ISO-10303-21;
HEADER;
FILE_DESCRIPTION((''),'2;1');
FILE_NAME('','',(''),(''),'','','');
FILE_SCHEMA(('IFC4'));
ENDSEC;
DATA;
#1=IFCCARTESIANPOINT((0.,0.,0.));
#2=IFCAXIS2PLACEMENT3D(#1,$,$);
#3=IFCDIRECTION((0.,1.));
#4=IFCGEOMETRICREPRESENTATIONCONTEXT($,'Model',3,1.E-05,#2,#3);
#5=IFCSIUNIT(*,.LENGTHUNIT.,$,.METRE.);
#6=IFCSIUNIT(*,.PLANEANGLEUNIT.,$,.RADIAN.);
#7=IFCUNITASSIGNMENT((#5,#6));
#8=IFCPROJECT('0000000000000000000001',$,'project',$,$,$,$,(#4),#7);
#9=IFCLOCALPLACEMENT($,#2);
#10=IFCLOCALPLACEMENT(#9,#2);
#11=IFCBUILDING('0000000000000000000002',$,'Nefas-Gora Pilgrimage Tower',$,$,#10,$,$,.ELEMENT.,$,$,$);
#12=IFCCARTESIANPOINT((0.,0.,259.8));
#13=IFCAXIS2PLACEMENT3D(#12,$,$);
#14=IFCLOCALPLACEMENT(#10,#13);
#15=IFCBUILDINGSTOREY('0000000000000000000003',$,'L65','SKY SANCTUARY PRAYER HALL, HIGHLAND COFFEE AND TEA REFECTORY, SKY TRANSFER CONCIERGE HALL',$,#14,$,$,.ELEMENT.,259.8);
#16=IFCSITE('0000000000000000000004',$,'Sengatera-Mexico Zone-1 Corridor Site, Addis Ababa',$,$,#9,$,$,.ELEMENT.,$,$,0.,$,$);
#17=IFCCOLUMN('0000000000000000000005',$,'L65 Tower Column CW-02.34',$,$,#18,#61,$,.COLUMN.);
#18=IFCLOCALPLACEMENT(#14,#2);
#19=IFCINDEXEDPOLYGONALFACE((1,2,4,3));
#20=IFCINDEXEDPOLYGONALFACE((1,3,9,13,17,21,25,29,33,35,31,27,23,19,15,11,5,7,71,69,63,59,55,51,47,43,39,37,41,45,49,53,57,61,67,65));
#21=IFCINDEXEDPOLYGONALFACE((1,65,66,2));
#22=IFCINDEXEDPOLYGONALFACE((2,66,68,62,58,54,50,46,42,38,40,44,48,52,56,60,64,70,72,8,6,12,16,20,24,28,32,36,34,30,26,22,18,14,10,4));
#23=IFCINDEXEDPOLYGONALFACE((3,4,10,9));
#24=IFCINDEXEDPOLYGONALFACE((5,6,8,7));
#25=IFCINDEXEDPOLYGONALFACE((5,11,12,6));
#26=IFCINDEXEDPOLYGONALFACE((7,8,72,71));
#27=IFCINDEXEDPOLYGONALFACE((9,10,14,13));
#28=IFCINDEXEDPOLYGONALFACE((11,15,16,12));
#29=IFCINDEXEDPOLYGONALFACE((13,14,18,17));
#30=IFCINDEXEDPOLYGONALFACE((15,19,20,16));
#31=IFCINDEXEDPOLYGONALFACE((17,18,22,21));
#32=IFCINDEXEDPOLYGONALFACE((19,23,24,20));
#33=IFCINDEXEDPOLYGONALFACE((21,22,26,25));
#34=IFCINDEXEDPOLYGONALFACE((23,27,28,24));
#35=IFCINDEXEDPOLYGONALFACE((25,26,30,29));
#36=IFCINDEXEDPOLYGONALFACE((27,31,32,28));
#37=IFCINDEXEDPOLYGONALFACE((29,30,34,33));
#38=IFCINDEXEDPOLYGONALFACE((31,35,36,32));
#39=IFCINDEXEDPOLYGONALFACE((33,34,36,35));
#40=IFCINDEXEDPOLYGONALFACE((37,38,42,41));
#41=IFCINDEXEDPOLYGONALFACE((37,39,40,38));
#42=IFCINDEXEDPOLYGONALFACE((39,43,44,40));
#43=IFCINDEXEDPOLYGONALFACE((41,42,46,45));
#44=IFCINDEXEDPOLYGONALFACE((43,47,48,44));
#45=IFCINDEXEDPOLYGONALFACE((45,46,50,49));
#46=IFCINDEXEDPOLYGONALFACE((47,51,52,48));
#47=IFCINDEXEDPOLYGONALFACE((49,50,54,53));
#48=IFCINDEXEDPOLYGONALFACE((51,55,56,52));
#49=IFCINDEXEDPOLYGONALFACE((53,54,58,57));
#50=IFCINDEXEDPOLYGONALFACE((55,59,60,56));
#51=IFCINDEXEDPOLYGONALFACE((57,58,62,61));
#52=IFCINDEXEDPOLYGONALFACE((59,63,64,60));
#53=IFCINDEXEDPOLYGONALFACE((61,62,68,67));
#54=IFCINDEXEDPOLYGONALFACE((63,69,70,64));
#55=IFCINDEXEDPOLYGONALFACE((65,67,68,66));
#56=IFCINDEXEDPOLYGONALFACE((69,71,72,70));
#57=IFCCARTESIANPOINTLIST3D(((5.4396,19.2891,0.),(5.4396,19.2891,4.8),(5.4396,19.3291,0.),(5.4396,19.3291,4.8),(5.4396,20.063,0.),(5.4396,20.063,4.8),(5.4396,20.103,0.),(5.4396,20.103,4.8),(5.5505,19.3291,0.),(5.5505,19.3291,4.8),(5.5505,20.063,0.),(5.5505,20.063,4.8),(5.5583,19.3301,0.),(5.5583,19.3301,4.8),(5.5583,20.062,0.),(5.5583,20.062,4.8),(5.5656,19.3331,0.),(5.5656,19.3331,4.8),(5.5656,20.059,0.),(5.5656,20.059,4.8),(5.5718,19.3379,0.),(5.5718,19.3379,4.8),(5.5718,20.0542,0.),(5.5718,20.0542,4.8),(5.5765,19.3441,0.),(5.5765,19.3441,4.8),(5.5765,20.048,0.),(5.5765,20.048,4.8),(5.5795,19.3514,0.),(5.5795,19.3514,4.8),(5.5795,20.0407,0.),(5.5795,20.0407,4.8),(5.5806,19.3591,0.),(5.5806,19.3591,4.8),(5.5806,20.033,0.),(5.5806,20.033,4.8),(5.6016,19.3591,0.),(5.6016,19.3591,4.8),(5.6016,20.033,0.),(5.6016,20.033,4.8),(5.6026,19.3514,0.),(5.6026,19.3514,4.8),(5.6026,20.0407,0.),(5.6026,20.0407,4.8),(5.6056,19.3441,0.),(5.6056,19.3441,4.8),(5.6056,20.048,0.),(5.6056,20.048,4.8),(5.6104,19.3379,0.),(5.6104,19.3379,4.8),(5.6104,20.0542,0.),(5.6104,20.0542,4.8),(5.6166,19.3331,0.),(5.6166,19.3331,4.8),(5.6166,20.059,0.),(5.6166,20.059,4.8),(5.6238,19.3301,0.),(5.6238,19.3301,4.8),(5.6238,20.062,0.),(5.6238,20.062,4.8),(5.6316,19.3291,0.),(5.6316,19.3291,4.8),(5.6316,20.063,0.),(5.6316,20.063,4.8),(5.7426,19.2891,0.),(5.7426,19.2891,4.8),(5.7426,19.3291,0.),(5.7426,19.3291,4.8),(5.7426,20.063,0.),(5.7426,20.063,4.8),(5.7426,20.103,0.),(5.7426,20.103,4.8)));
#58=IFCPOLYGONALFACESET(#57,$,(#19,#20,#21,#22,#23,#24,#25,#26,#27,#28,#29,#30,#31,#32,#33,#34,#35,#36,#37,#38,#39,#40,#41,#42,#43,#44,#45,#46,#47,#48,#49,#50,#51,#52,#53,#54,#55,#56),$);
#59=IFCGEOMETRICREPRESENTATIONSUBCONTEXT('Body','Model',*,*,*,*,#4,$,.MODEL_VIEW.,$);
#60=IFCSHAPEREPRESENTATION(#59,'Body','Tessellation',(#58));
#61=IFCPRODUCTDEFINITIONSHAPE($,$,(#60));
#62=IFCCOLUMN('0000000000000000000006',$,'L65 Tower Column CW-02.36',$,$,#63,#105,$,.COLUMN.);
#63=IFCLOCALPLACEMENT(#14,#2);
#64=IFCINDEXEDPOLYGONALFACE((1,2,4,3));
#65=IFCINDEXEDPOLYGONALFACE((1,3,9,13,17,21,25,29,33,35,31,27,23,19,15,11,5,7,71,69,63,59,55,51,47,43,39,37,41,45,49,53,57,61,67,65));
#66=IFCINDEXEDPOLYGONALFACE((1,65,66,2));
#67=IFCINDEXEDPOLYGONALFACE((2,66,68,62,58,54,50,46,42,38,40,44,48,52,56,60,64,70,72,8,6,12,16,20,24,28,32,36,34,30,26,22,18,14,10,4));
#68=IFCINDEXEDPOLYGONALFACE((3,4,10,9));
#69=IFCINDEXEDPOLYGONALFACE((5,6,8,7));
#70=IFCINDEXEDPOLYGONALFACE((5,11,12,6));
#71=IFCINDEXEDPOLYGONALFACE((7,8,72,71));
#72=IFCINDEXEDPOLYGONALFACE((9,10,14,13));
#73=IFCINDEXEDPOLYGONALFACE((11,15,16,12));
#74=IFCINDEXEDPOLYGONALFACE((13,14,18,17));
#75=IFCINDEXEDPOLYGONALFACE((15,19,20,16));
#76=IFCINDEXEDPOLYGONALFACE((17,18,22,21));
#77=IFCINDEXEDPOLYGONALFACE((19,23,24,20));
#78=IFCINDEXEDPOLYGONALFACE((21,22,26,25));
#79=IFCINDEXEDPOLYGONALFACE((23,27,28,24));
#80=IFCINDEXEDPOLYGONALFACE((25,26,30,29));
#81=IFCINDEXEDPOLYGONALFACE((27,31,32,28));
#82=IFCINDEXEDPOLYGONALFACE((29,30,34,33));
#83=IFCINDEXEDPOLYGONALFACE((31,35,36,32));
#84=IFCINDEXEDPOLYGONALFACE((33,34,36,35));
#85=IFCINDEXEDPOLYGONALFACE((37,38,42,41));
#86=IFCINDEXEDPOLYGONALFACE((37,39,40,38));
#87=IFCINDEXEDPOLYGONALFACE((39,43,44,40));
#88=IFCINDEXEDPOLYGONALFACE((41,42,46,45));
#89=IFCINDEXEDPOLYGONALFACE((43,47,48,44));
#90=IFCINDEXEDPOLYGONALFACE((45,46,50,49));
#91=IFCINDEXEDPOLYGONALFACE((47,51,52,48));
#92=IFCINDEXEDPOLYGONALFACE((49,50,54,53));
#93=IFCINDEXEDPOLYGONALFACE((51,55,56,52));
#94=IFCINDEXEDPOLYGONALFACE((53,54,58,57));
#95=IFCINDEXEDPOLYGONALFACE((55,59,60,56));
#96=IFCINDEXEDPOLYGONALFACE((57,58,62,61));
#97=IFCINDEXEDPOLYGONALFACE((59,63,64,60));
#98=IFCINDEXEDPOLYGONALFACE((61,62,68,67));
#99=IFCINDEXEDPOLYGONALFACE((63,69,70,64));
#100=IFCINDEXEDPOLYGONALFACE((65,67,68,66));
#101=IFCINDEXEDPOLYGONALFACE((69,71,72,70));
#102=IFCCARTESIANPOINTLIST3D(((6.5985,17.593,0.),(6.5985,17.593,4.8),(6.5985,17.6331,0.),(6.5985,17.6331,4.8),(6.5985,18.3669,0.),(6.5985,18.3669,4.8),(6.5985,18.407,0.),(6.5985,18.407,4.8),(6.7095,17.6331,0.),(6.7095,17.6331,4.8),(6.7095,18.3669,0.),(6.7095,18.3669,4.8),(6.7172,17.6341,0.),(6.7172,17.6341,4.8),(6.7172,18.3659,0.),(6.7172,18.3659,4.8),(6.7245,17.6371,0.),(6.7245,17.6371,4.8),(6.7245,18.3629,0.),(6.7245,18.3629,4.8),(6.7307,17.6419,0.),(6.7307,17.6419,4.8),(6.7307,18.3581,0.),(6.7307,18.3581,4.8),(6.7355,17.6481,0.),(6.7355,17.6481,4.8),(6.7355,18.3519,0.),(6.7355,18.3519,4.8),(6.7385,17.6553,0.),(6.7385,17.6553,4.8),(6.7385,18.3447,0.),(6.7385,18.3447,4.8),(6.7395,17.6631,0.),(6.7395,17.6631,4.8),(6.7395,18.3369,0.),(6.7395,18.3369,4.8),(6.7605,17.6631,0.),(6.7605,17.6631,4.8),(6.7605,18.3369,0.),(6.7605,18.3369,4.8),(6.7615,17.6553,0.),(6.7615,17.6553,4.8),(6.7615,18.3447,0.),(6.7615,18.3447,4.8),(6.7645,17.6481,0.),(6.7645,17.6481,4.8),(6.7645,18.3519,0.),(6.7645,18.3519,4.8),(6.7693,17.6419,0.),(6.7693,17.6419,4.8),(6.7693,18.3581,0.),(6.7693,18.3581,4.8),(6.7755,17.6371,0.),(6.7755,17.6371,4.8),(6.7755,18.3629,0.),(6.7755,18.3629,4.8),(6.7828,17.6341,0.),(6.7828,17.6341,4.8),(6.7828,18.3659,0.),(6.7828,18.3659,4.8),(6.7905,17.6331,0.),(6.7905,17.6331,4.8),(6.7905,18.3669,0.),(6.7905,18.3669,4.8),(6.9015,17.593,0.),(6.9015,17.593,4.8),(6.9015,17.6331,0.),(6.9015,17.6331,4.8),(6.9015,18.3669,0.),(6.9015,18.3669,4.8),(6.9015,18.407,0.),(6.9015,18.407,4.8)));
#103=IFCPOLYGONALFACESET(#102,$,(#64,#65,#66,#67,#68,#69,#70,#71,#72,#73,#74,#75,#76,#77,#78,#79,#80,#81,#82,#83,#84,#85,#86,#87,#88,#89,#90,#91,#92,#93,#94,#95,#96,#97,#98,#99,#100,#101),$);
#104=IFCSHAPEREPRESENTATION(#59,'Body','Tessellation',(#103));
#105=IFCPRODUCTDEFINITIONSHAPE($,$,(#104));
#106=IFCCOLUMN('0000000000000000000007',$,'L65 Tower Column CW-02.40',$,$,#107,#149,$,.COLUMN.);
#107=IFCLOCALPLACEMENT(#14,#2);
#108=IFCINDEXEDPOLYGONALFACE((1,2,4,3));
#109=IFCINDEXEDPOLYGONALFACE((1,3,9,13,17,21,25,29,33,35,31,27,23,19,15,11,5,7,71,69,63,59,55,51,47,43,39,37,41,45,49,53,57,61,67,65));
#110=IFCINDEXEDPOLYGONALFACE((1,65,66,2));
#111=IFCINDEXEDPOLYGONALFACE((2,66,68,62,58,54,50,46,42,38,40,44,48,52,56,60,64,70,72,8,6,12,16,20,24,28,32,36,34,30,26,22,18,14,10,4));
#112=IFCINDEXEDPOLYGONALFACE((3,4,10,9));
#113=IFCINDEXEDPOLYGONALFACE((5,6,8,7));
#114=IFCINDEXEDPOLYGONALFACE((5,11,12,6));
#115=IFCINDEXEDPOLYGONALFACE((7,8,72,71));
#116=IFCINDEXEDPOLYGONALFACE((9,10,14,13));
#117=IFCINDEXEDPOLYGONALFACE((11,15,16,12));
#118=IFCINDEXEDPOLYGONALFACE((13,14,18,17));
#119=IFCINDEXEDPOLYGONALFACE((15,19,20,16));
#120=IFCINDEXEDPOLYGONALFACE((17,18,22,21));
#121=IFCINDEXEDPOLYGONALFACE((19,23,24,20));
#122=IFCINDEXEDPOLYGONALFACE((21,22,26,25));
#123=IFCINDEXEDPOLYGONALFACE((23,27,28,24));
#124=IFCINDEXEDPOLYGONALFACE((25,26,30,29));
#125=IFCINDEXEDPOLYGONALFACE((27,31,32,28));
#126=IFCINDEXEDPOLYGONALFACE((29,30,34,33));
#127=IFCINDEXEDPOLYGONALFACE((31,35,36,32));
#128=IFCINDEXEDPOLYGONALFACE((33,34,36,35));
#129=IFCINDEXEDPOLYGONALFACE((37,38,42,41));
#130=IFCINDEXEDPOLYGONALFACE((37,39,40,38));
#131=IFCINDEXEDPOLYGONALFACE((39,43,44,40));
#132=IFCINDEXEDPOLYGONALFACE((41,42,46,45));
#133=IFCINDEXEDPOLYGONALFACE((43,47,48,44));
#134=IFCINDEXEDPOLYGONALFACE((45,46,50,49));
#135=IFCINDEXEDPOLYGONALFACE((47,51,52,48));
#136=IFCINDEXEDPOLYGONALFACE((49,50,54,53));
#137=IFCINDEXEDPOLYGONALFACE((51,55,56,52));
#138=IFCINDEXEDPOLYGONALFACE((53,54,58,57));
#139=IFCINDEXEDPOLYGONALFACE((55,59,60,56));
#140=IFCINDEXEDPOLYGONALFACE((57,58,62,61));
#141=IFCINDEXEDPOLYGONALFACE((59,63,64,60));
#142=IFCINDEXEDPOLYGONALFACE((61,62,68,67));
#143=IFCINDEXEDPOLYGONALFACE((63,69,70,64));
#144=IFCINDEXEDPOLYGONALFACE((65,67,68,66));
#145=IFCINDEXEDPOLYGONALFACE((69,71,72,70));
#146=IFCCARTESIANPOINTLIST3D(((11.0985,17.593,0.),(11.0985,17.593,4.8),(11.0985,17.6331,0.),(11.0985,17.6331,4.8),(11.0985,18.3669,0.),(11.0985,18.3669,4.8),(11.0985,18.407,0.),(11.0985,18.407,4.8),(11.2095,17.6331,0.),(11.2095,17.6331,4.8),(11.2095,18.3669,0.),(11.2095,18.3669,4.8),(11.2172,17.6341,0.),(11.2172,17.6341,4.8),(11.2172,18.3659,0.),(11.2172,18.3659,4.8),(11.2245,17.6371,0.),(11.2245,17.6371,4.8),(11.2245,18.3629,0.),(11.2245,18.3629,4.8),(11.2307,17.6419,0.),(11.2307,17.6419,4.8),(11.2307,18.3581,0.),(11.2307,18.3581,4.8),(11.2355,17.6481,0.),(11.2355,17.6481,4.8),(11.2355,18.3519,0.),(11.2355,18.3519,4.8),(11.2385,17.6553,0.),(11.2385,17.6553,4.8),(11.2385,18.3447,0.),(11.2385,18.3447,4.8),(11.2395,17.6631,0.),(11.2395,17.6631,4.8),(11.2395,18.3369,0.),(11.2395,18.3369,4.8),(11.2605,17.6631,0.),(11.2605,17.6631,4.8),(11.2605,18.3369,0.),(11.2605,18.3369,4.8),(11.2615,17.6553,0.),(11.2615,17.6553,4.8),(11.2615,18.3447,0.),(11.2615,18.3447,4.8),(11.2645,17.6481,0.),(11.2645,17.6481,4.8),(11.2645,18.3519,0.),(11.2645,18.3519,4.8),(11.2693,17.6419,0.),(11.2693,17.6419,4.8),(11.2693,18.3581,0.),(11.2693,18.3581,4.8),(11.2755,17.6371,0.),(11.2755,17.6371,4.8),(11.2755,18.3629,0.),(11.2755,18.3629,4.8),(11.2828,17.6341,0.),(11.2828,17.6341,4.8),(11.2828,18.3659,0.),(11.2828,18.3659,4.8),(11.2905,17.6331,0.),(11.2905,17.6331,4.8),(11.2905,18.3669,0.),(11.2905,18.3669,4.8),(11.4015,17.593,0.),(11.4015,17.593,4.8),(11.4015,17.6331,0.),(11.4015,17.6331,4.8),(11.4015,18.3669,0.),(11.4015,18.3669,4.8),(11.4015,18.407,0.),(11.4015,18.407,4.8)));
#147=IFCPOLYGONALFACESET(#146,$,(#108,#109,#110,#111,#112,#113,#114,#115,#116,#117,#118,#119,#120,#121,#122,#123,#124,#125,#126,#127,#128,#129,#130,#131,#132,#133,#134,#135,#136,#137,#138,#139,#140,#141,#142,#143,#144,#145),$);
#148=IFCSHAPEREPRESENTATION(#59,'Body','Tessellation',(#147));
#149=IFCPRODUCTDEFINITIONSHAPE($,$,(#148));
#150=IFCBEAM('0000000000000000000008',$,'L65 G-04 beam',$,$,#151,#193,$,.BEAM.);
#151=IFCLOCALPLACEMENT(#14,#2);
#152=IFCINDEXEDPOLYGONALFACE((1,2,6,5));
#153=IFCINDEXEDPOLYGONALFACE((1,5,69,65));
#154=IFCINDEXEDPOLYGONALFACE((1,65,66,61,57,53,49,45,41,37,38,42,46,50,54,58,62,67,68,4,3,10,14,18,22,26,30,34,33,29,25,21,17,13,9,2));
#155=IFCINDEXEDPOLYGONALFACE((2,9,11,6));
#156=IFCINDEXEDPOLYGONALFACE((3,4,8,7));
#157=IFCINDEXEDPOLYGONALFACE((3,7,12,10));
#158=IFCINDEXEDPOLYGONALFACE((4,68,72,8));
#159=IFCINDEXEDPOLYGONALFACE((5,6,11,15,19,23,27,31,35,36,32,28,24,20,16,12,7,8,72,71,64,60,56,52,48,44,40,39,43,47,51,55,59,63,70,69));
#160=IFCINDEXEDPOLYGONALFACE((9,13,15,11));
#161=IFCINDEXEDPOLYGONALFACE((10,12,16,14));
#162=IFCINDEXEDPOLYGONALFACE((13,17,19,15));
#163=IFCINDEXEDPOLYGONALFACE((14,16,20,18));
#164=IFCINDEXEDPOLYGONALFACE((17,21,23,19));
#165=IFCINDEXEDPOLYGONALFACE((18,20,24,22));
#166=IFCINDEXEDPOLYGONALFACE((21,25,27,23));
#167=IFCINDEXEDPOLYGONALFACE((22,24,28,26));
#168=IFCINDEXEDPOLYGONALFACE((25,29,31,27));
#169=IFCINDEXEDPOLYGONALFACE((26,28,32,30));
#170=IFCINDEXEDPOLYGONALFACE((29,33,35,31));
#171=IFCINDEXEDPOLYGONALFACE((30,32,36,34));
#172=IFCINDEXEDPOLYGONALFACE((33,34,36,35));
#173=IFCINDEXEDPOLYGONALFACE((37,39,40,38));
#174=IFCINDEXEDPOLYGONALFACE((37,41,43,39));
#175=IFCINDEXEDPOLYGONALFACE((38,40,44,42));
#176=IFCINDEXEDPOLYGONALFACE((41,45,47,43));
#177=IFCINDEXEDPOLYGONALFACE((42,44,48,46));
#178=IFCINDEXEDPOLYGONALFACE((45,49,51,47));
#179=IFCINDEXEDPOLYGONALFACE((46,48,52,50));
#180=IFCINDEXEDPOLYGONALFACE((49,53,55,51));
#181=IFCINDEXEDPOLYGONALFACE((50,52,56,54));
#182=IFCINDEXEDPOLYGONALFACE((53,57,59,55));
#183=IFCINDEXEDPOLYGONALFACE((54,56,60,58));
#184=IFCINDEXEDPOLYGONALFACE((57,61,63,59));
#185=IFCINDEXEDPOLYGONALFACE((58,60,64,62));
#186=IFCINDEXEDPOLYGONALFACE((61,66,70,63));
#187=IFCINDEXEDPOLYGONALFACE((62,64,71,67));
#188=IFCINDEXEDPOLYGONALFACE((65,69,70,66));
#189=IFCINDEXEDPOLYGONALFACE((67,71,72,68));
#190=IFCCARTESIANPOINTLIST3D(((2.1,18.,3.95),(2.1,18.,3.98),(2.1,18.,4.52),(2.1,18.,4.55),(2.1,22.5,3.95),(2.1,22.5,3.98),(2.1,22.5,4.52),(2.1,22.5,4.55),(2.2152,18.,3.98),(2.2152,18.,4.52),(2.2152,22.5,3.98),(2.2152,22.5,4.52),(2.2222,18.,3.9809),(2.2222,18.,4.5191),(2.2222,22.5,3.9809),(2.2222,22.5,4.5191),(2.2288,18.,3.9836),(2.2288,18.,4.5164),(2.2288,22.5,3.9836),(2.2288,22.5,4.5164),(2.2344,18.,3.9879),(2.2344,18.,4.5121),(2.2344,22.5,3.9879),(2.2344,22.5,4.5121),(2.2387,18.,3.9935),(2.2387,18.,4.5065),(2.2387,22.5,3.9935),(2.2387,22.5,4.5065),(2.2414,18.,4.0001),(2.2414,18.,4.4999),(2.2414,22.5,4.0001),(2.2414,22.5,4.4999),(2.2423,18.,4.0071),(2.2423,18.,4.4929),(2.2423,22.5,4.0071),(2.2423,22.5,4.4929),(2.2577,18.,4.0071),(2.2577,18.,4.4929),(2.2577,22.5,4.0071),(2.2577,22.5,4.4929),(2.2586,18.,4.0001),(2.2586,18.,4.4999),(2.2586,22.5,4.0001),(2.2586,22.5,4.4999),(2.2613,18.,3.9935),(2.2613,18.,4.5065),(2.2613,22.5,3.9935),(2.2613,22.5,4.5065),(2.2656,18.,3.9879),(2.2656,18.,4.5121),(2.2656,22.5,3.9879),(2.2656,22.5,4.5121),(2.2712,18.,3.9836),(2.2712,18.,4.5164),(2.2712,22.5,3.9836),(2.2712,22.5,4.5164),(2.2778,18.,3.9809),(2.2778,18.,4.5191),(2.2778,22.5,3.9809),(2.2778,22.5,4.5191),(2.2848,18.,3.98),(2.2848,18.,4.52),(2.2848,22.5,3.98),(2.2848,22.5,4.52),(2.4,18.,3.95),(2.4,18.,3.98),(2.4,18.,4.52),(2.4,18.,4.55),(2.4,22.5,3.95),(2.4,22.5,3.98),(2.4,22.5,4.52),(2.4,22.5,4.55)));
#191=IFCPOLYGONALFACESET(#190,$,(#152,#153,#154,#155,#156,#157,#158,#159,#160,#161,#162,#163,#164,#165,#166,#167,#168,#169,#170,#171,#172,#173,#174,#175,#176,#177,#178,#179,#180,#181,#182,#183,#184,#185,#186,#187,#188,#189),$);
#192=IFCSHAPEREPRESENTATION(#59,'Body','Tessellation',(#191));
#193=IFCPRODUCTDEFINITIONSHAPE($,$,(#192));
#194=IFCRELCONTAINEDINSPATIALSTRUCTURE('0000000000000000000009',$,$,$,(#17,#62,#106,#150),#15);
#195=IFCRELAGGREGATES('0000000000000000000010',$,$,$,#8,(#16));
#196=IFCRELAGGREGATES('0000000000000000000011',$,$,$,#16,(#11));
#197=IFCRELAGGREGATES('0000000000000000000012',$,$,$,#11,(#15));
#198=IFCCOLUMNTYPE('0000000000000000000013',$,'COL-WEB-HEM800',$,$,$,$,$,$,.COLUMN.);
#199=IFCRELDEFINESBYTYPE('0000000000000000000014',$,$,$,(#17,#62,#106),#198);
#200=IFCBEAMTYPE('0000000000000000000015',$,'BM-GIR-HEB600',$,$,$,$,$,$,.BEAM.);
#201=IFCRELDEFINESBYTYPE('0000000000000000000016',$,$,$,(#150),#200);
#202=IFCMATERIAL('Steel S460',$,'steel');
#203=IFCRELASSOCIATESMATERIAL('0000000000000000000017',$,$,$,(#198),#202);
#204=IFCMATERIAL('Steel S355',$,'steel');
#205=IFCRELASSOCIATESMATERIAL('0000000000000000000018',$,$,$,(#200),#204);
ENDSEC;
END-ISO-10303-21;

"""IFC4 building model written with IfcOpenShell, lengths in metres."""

from ifc_helpers import new_model, si_unit, direction, frame, origin, origin_2d, place, context, subcontext, project, spatial, i_section, extrude, source, transform, mapped, material, material_profile, profile_set, type_object, element, save


model = new_model("IFC4")

# Units and contexts
model_context = context("Model", 3, precision=1e-05, world=origin(), true_north=direction((0.0, 1.0)))
body_context = subcontext(model_context, "Body", "Model", "MODEL_VIEW")
ifc_project = project(units=[si_unit("LENGTHUNIT", "METRE"), si_unit("PLANEANGLEUNIT", "RADIAN")], contexts=[model_context])

# Site, building, storey
site_placement = place(None, origin())
site = spatial("IfcSite", under=ifc_project, at=site_placement, Name="Sengatera-Mexico Zone-1 Corridor Site, Addis Ababa", CompositionType="ELEMENT", RefElevation=0.0)
building_placement = place(site_placement, origin())
building = spatial("IfcBuilding", under=site, at=building_placement, Name="Nefas-Gora Pilgrimage Tower", CompositionType="ELEMENT")
storey_placement = place(building_placement, frame((0.0, 0.0, 259.8)))
storey = spatial("IfcBuildingStorey", under=building, at=storey_placement, Name="L65", Description="SKY SANCTUARY PRAYER HALL, HIGHLAND COFFEE AND TEA REFECTORY, SKY TRANSFER CONCIERGE HALL", CompositionType="ELEMENT", Elevation=259.8)

# Columns
ifc_material_1 = material(Name="Steel S460", Category="steel")
ifc_material_profile_1 = material_profile(ifc_material_1, i_section(OverallWidth=0.303, OverallDepth=0.814, WebThickness=0.021, FlangeThickness=0.04, FilletRadius=0.03, at=origin_2d()), Name="HEM 800")
ifc_profile_set_1 = profile_set([ifc_material_profile_1], Name="Steel S460")
column_type_1 = type_object("IfcColumnType", Name="COL-WEB-HEM800", PredefinedType="COLUMN", material=ifc_profile_set_1)
shared_shape_1 = source(origin(), body_context, "Body", "SweptSolid", [
    extrude(i_section(OverallWidth=0.303, OverallDepth=0.814, WebThickness=0.021, FlangeThickness=0.04, FilletRadius=0.03, at=origin_2d()), origin(), (0.0, 0.0, 1.0), 4.8),
])
for number, where, z_axis, x_axis, name in (
    (1, (5.5911, 19.696, 0.0), (0.0, 0.0, 1.0), (1.0, 0.0, 0.0), "L65 Tower Column CW-02.34"),
    (2, (6.75, 18.0, 0.0), (0.0, 0.0, 1.0), (1.0, 0.0, 0.0), "L65 Tower Column CW-02.36"),
    (3, (11.25, 18.0, 0.0), (0.0, 0.0, 1.0), (1.0, 0.0, 0.0), "L65 Tower Column CW-02.40"),
):
    element("IfcColumn", number, at=place(storey_placement, frame(where, z_axis=z_axis, x_axis=x_axis)), inside=storey, type_object=column_type_1, Name=name, PredefinedType="COLUMN", context=body_context, shape_type="MappedRepresentation", body=[
        mapped(shared_shape_1, transform((0.0, 0.0, 0.0), x_axis=(1.0, 0.0, 0.0), y_axis=(0.0, 1.0, 0.0), z_axis=(0.0, 0.0, 1.0), scale=1.0)),
    ])

# Beam
ifc_material_2 = material(Name="Steel S355", Category="steel")
ifc_material_profile_2 = material_profile(ifc_material_2, i_section(OverallWidth=0.3, OverallDepth=0.6001, WebThickness=0.0154, FlangeThickness=0.03, FilletRadius=0.0271, at=origin_2d()), Name="HEB 600")
ifc_profile_set_2 = profile_set([ifc_material_profile_2], Name="Steel S355")
beam_type = type_object("IfcBeamType", Name="BM-GIR-HEB600", PredefinedType="BEAM", material=ifc_profile_set_2)
shared_shape_2 = source(origin(), body_context, "Body", "SweptSolid", [
    extrude(i_section(OverallWidth=0.3, OverallDepth=0.6001, WebThickness=0.0154, FlangeThickness=0.03, FilletRadius=0.0271, at=origin_2d()), origin(), (0.0, 0.0, 1.0), 4.5),
])
for number, where, z_axis, x_axis, name in (
    (4, (2.25, 18.0, 4.25), (0.0, 1.0, 0.0), (-1.0, 0.0, 0.0), "L65 G-04 beam"),
):
    element("IfcBeam", number, at=place(storey_placement, frame(where, z_axis=z_axis, x_axis=x_axis)), inside=storey, type_object=beam_type, Name=name, PredefinedType="BEAM", context=body_context, shape_type="MappedRepresentation", body=[
        mapped(shared_shape_2, transform((0.0, 0.0, 0.0), x_axis=(1.0, 0.0, 0.0), y_axis=(0.0, 1.0, 0.0), z_axis=(0.0, 0.0, 1.0), scale=1.0)),
    ])

save(model, "model.ifc")
